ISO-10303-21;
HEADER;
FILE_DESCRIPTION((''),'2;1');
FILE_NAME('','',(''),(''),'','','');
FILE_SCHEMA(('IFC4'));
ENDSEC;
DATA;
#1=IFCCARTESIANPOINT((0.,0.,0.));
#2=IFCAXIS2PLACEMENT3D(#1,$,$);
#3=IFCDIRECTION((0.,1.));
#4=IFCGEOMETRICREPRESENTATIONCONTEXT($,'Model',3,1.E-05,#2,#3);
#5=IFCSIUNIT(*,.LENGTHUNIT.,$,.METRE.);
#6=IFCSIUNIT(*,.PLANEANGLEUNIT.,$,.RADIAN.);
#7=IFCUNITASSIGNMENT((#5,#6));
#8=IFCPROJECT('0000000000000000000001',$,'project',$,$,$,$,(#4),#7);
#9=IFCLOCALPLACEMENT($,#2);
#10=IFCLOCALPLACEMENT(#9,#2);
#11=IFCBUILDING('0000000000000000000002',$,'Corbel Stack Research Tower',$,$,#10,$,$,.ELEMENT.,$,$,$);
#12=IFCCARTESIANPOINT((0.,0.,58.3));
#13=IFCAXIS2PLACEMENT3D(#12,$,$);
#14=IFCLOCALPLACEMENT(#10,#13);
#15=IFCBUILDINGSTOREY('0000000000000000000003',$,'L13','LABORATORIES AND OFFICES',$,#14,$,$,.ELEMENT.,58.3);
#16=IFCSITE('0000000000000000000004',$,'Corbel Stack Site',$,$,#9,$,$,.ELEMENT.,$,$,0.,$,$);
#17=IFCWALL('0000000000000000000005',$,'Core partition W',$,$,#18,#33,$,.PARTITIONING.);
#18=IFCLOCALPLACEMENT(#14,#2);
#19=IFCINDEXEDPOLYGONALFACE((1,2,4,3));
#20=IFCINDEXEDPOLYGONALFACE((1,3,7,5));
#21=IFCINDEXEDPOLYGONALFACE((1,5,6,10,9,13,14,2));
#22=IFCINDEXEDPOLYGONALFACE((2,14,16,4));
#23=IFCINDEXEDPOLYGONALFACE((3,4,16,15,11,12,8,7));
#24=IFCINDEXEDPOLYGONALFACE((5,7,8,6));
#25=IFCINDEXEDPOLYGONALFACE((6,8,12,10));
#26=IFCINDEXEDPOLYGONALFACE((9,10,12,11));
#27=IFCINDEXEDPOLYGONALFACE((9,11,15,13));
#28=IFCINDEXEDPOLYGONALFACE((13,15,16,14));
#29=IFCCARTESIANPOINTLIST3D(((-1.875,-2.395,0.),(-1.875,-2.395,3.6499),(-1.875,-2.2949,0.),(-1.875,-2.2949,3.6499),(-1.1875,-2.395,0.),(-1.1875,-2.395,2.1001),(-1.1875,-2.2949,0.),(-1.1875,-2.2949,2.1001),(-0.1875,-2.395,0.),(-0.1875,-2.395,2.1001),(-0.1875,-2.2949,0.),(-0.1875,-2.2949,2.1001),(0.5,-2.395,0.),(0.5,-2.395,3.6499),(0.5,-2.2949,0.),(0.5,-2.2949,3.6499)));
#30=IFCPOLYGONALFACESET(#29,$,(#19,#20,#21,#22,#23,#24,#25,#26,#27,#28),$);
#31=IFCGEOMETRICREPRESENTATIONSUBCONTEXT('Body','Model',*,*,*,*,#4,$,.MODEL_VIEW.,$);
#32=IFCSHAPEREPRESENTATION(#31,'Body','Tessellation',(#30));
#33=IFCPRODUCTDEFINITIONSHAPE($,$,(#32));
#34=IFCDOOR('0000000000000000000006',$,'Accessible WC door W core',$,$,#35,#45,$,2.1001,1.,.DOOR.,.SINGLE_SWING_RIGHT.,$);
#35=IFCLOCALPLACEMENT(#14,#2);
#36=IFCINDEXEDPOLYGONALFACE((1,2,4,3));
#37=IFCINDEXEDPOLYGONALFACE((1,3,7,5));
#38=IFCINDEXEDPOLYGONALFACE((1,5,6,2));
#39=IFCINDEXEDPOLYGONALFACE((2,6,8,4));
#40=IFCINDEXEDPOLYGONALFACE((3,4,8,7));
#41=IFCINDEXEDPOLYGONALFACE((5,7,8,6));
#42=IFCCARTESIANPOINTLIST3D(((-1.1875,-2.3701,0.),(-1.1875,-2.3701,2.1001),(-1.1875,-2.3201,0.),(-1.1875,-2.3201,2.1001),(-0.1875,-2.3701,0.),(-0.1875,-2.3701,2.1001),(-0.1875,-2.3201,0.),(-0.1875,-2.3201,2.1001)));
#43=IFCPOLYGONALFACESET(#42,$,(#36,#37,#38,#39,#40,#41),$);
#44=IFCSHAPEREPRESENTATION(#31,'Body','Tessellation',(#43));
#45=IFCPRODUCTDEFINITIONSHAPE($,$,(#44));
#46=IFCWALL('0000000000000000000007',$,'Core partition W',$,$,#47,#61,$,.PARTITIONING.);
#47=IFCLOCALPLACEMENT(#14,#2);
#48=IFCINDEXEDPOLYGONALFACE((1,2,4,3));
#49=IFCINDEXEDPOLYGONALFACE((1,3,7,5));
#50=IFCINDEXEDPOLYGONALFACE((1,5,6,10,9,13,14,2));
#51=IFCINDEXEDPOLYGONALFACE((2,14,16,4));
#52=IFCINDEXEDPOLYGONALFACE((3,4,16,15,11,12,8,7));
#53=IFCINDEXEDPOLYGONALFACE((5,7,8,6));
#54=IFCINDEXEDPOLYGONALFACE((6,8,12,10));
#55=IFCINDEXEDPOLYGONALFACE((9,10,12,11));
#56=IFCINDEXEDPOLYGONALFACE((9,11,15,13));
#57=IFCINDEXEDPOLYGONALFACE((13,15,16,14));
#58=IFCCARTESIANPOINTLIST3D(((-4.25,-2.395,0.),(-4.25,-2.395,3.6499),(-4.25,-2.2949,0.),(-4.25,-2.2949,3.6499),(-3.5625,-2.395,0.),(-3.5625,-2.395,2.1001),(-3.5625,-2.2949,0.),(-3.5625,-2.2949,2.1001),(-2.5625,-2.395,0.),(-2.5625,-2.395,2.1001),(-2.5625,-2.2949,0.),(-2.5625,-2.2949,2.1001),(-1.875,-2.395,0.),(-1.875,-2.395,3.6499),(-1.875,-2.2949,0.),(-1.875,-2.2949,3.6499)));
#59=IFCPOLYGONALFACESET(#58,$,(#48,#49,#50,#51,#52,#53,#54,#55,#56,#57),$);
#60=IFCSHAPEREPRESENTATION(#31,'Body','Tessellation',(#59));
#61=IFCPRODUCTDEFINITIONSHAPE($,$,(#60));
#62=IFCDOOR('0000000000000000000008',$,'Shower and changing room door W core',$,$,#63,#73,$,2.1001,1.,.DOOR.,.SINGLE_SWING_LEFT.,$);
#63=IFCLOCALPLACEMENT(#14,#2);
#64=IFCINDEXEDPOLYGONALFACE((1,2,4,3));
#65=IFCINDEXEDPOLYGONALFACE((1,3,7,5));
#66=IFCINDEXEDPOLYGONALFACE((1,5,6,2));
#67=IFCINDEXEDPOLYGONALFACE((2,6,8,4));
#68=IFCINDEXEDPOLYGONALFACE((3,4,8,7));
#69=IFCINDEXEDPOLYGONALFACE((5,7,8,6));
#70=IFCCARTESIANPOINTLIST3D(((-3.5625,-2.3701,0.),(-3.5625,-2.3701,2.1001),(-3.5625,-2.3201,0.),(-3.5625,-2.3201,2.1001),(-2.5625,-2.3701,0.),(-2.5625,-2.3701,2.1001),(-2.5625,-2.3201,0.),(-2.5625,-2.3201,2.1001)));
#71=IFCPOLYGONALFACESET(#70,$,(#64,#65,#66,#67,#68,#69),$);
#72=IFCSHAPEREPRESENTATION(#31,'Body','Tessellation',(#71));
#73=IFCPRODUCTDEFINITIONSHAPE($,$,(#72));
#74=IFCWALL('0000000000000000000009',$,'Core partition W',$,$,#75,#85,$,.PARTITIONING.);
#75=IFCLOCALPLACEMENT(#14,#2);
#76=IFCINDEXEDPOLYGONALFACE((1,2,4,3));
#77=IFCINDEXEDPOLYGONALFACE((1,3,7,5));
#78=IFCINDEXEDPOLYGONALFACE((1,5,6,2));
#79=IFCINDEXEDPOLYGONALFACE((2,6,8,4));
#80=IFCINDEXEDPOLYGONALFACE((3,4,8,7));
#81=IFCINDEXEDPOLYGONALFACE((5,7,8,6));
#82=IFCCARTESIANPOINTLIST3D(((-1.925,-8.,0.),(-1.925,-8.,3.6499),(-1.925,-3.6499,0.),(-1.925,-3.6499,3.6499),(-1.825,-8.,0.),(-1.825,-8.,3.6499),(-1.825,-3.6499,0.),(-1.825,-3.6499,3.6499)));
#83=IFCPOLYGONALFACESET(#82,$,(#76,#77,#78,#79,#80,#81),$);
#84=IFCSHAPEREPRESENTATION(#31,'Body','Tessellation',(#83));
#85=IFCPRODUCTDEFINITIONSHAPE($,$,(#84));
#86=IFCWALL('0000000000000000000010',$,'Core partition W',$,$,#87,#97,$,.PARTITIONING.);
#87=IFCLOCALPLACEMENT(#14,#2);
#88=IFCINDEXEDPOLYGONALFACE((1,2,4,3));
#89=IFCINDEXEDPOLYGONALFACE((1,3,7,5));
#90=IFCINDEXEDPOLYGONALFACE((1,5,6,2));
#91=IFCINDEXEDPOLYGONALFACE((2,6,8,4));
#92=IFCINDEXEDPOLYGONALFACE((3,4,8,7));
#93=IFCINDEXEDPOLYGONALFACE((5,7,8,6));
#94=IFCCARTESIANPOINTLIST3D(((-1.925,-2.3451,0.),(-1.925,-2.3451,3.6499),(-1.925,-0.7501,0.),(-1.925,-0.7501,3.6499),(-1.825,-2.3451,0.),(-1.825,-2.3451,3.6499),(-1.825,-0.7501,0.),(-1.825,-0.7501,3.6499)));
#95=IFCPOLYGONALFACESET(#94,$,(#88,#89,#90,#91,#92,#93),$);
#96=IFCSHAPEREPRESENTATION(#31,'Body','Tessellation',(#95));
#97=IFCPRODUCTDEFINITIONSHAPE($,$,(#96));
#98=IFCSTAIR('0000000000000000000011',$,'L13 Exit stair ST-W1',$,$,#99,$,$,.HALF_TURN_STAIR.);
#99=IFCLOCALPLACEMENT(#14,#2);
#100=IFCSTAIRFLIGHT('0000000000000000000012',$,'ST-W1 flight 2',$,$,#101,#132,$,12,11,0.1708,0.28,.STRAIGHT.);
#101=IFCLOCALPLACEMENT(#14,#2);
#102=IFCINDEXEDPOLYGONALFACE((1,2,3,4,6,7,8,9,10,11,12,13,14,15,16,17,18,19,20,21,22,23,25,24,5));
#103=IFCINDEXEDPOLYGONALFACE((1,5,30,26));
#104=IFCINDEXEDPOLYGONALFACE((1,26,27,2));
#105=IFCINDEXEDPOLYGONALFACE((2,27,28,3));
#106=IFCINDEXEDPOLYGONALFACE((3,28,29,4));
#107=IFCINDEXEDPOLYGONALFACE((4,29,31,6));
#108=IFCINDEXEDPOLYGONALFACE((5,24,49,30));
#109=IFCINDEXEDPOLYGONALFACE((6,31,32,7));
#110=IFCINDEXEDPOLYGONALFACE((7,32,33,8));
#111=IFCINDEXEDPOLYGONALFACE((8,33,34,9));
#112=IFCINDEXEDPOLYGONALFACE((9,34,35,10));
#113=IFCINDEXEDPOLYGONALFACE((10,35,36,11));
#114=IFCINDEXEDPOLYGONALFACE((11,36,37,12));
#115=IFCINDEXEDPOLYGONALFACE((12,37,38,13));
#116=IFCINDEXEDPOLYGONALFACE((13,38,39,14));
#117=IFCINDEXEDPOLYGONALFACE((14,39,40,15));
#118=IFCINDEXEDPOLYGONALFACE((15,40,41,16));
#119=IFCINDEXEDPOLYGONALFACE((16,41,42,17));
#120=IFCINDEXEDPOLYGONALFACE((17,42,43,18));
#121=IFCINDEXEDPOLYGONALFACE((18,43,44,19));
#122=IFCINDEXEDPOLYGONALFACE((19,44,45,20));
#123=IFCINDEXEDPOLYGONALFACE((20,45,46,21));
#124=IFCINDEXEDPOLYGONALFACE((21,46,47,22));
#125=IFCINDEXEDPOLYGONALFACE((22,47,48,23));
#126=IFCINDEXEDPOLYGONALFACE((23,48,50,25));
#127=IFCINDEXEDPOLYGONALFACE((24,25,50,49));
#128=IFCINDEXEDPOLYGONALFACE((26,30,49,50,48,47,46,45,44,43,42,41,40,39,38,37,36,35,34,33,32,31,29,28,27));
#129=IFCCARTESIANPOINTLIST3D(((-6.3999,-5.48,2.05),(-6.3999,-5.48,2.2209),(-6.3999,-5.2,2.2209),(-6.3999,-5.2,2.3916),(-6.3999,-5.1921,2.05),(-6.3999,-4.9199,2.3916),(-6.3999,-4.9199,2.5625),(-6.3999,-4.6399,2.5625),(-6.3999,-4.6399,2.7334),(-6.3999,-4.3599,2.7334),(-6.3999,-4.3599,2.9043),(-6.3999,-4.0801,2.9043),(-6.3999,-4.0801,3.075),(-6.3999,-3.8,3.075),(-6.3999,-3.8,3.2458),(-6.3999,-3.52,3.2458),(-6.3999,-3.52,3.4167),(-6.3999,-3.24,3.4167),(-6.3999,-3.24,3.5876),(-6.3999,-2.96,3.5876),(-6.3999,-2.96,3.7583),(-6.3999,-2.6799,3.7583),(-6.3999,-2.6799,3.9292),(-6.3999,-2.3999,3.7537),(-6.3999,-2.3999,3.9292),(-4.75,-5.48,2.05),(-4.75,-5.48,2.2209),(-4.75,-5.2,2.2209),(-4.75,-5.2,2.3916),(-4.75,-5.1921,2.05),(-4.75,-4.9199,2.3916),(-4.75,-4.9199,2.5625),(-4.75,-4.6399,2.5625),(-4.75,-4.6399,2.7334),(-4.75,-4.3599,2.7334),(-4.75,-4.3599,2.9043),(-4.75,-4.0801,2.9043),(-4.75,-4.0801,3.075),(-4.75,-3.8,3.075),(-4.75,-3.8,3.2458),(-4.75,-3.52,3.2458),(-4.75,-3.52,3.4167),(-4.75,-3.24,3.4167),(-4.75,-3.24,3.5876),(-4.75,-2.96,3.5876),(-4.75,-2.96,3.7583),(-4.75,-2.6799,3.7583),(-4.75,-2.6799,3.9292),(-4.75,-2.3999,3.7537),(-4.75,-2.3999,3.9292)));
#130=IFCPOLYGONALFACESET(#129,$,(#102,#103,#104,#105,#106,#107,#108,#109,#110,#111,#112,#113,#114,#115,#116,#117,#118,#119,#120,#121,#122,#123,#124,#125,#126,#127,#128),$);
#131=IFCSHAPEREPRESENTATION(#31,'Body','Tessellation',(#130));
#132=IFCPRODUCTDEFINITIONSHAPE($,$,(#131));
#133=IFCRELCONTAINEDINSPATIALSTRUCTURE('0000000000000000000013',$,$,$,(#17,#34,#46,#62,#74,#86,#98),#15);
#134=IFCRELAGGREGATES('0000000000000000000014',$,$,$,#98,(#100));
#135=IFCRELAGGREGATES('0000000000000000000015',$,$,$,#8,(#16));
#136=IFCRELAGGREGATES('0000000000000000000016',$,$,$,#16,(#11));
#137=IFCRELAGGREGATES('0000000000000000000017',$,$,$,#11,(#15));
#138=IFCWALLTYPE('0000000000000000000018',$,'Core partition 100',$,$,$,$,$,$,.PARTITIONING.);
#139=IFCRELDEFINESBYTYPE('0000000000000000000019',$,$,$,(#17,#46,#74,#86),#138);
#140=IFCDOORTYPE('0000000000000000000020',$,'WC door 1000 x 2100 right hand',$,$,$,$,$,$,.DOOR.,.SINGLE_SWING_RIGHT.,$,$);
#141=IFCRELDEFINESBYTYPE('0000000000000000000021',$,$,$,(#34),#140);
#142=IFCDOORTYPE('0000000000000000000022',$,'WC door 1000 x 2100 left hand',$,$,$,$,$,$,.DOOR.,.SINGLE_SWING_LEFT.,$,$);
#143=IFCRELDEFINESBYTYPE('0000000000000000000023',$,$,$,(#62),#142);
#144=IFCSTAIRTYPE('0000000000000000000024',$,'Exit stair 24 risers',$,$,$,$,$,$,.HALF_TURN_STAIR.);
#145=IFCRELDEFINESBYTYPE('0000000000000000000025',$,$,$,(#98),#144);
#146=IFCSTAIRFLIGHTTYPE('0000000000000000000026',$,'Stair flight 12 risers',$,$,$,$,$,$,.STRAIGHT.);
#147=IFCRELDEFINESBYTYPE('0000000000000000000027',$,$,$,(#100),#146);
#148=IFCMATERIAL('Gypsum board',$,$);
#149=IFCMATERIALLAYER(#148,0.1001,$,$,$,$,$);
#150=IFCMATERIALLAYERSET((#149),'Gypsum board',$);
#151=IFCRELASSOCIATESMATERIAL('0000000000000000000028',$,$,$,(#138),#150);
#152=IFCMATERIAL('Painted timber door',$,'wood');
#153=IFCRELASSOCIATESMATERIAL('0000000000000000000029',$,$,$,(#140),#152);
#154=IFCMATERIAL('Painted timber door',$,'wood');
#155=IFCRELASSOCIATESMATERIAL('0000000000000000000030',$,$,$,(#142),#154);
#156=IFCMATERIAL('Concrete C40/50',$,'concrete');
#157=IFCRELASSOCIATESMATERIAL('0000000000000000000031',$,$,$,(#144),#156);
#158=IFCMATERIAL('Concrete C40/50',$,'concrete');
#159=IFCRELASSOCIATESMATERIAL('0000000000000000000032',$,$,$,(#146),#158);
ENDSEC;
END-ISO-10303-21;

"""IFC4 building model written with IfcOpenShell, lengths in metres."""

from ifc_helpers import new_model, si_unit, direction, frame, frame_2d, origin, place, context, subcontext, project, spatial, polyline, rectangle, outline, extrude, material, layer, layer_set, type_object, element, fill, aggregate, save


model = new_model("IFC4")

# Units and contexts
model_context = context("Model", 3, precision=1e-05, world=origin(), true_north=direction((0.0, 1.0)))
body_context = subcontext(model_context, "Body", "Model", "MODEL_VIEW")
ifc_project = project(units=[si_unit("LENGTHUNIT", "METRE"), si_unit("PLANEANGLEUNIT", "RADIAN")], contexts=[model_context])

# Site, building, storey
site_placement = place(None, origin())
site = spatial("IfcSite", under=ifc_project, at=site_placement, Name="Corbel Stack Site", CompositionType="ELEMENT", RefElevation=0.0)
building_placement = place(site_placement, origin())
building = spatial("IfcBuilding", under=site, at=building_placement, Name="Corbel Stack Research Tower", CompositionType="ELEMENT")
storey_placement = place(building_placement, frame((0.0, 0.0, 58.3)))
storey = spatial("IfcBuildingStorey", under=building, at=storey_placement, Name="L13", Description="LABORATORIES AND OFFICES", CompositionType="ELEMENT", Elevation=58.3)

# Walls, openings, doors
ifc_material_1 = material(Name="Gypsum board")
ifc_layer_1 = layer(ifc_material_1, 0.1001)
ifc_layer_set_1 = layer_set([ifc_layer_1], Name="Gypsum board")
wall_type_1 = type_object("IfcWallType", Name="Core partition 100", PredefinedType="PARTITIONING", material=ifc_layer_set_1)
ifc_material_2 = material(Name="Painted timber door", Category="wood")
door_type_1 = type_object("IfcDoorType", Name="WC door 1000 x 2100 right hand", OperationType="SINGLE_SWING_RIGHT", PredefinedType="DOOR", material=ifc_material_2)
ifc_material_3 = material(Name="Painted timber door", Category="wood")
door_type_2 = type_object("IfcDoorType", Name="WC door 1000 x 2100 left hand", OperationType="SINGLE_SWING_LEFT", PredefinedType="DOOR", material=ifc_material_3)
wall_1_placement = place(storey_placement, frame((-1.875, -2.345, 0.0), z_axis=(0.0, 0.0, 1.0), x_axis=(1.0, 0.0, 0.0)))
wall_1 = element("IfcWall", 1, at=wall_1_placement, inside=storey, type_object=wall_type_1, Name="Core partition W", PredefinedType="PARTITIONING", context=body_context, shape_type="SweptSolid", body=[
    extrude(rectangle(XDim=2.375, YDim=0.1001, at=frame_2d((1.1875, 0.0))), origin(), (0.0, 0.0, 1.0), 3.6499),
])
opening_1_placement = place(wall_1_placement, frame((0.6875, 0.0, 0.0)))
opening_1 = element("IfcOpeningElement", 2, at=opening_1_placement, cuts=wall_1, PredefinedType="OPENING", context=body_context, shape_type="SweptSolid", body=[
    extrude(rectangle(XDim=1.0, YDim=2.1001, at=frame_2d((0.5, 1.05))), frame((0.0, 0.0601, 0.0), z_axis=(0.0, -1.0, 0.0), x_axis=(1.0, 0.0, 0.0)), (0.0, 0.0, 1.0), 0.1201),
])
door_1_placement = place(opening_1_placement, origin())
door_1 = element("IfcDoor", 3, at=door_1_placement, inside=storey, type_object=door_type_1, Name="Accessible WC door W core", OperationType="SINGLE_SWING_RIGHT", OverallHeight=2.1001, OverallWidth=1.0, PredefinedType="DOOR", context=body_context, shape_type="SweptSolid", body=[
    extrude(rectangle(XDim=1.0, YDim=2.1001, at=frame_2d((0.5, 1.05))), frame((0.0, 0.0249, 0.0), z_axis=(0.0, -1.0, 0.0), x_axis=(1.0, 0.0, 0.0)), (0.0, 0.0, 1.0), 0.05),
])
fill(opening_1, door_1)
wall_2_placement = place(storey_placement, frame((-4.25, -2.345, 0.0), z_axis=(0.0, 0.0, 1.0), x_axis=(1.0, 0.0, 0.0)))
wall_2 = element("IfcWall", 4, at=wall_2_placement, inside=storey, type_object=wall_type_1, Name="Core partition W", PredefinedType="PARTITIONING", context=body_context, shape_type="SweptSolid", body=[
    extrude(rectangle(XDim=2.375, YDim=0.1001, at=frame_2d((1.1875, 0.0))), origin(), (0.0, 0.0, 1.0), 3.6499),
])
opening_2_placement = place(wall_2_placement, frame((0.6875, 0.0, 0.0)))
opening_2 = element("IfcOpeningElement", 5, at=opening_2_placement, cuts=wall_2, PredefinedType="OPENING", context=body_context, shape_type="SweptSolid", body=[
    extrude(rectangle(XDim=1.0, YDim=2.1001, at=frame_2d((0.5, 1.05))), frame((0.0, 0.0601, 0.0), z_axis=(0.0, -1.0, 0.0), x_axis=(1.0, 0.0, 0.0)), (0.0, 0.0, 1.0), 0.1201),
])
door_2_placement = place(opening_2_placement, origin())
door_2 = element("IfcDoor", 6, at=door_2_placement, inside=storey, type_object=door_type_2, Name="Shower and changing room door W core", OperationType="SINGLE_SWING_LEFT", OverallHeight=2.1001, OverallWidth=1.0, PredefinedType="DOOR", context=body_context, shape_type="SweptSolid", body=[
    extrude(rectangle(XDim=1.0, YDim=2.1001, at=frame_2d((0.5, 1.05))), frame((0.0, 0.0249, 0.0), z_axis=(0.0, -1.0, 0.0), x_axis=(1.0, 0.0, 0.0)), (0.0, 0.0, 1.0), 0.05),
])
fill(opening_2, door_2)

# Walls
wall_3_placement = place(storey_placement, frame((-1.875, -8.0, 0.0), z_axis=(0.0, 0.0, 1.0), x_axis=(0.0, 1.0, 0.0)))
element("IfcWall", 7, at=wall_3_placement, inside=storey, type_object=wall_type_1, Name="Core partition W", PredefinedType="PARTITIONING", context=body_context, shape_type="SweptSolid", body=[
    extrude(rectangle(XDim=4.3501, YDim=0.1001, at=frame_2d((2.175, 0.0))), origin(), (0.0, 0.0, 1.0), 3.6499),
])
wall_4_placement = place(storey_placement, frame((-1.875, -2.345, 0.0), z_axis=(0.0, 0.0, 1.0), x_axis=(0.0, 1.0, 0.0)))
element("IfcWall", 8, at=wall_4_placement, inside=storey, type_object=wall_type_1, Name="Core partition W", PredefinedType="PARTITIONING", context=body_context, shape_type="SweptSolid", body=[
    extrude(rectangle(XDim=1.595, YDim=0.1001, at=frame_2d((0.7974, 0.0))), origin(), (0.0, 0.0, 1.0), 3.6499),
])

# Stair, stair flight
ifc_material_4 = material(Name="Concrete C40/50", Category="concrete")
stair_type = type_object("IfcStairType", Name="Exit stair 24 risers", PredefinedType="HALF_TURN_STAIR", material=ifc_material_4)
stair_placement = place(storey_placement, origin())
stair = element("IfcStair", 9, at=stair_placement, inside=storey, type_object=stair_type, Name="L13 Exit stair ST-W1", PredefinedType="HALF_TURN_STAIR")
ifc_material_5 = material(Name="Concrete C40/50", Category="concrete")
stair_flight_type = type_object("IfcStairFlightType", Name="Stair flight 12 risers", PredefinedType="STRAIGHT", material=ifc_material_5)
stair_flight_placement = place(storey_placement, frame((-5.575, -5.48, 2.05), z_axis=(0.0, 0.0, 1.0), x_axis=(0.0, 1.0, 0.0)))
stair_flight = element("IfcStairFlight", 10, at=stair_flight_placement, type_object=stair_flight_type, Name="ST-W1 flight 2", NumberOfRisers=12, NumberOfTreads=11, PredefinedType="STRAIGHT", RiserHeight=0.1708, TreadLength=0.28, context=body_context, shape_type="SweptSolid", body=[
    extrude(outline(polyline([(0.0, 0.0), (0.0, 0.1709), (0.28, 0.1709), (0.28, 0.3416), (0.5601, 0.3416), (0.5601, 0.5125), (0.8401, 0.5125), (0.8401, 0.6833), (1.1201, 0.6833), (1.1201, 0.8542), (1.3999, 0.8542), (1.3999, 1.0249), (1.6799, 1.0249), (1.6799, 1.1958), (1.96, 1.1958), (1.96, 1.3667), (2.24, 1.3667), (2.24, 1.5376), (2.52, 1.5376), (2.52, 1.7083), (2.8, 1.7083), (2.8, 1.8792), (3.0801, 1.8792), (3.0801, 2.05), (3.0801, 1.7036), (0.2878, 0.0), (0.0, 0.0)])), frame((0.0, 0.825, 0.0), z_axis=(0.0, -1.0, 0.0), x_axis=(1.0, 0.0, 0.0)), (0.0, 0.0, 1.0), 1.6499),
])
aggregate(stair, [stair_flight])

save(model, "model.ifc")
